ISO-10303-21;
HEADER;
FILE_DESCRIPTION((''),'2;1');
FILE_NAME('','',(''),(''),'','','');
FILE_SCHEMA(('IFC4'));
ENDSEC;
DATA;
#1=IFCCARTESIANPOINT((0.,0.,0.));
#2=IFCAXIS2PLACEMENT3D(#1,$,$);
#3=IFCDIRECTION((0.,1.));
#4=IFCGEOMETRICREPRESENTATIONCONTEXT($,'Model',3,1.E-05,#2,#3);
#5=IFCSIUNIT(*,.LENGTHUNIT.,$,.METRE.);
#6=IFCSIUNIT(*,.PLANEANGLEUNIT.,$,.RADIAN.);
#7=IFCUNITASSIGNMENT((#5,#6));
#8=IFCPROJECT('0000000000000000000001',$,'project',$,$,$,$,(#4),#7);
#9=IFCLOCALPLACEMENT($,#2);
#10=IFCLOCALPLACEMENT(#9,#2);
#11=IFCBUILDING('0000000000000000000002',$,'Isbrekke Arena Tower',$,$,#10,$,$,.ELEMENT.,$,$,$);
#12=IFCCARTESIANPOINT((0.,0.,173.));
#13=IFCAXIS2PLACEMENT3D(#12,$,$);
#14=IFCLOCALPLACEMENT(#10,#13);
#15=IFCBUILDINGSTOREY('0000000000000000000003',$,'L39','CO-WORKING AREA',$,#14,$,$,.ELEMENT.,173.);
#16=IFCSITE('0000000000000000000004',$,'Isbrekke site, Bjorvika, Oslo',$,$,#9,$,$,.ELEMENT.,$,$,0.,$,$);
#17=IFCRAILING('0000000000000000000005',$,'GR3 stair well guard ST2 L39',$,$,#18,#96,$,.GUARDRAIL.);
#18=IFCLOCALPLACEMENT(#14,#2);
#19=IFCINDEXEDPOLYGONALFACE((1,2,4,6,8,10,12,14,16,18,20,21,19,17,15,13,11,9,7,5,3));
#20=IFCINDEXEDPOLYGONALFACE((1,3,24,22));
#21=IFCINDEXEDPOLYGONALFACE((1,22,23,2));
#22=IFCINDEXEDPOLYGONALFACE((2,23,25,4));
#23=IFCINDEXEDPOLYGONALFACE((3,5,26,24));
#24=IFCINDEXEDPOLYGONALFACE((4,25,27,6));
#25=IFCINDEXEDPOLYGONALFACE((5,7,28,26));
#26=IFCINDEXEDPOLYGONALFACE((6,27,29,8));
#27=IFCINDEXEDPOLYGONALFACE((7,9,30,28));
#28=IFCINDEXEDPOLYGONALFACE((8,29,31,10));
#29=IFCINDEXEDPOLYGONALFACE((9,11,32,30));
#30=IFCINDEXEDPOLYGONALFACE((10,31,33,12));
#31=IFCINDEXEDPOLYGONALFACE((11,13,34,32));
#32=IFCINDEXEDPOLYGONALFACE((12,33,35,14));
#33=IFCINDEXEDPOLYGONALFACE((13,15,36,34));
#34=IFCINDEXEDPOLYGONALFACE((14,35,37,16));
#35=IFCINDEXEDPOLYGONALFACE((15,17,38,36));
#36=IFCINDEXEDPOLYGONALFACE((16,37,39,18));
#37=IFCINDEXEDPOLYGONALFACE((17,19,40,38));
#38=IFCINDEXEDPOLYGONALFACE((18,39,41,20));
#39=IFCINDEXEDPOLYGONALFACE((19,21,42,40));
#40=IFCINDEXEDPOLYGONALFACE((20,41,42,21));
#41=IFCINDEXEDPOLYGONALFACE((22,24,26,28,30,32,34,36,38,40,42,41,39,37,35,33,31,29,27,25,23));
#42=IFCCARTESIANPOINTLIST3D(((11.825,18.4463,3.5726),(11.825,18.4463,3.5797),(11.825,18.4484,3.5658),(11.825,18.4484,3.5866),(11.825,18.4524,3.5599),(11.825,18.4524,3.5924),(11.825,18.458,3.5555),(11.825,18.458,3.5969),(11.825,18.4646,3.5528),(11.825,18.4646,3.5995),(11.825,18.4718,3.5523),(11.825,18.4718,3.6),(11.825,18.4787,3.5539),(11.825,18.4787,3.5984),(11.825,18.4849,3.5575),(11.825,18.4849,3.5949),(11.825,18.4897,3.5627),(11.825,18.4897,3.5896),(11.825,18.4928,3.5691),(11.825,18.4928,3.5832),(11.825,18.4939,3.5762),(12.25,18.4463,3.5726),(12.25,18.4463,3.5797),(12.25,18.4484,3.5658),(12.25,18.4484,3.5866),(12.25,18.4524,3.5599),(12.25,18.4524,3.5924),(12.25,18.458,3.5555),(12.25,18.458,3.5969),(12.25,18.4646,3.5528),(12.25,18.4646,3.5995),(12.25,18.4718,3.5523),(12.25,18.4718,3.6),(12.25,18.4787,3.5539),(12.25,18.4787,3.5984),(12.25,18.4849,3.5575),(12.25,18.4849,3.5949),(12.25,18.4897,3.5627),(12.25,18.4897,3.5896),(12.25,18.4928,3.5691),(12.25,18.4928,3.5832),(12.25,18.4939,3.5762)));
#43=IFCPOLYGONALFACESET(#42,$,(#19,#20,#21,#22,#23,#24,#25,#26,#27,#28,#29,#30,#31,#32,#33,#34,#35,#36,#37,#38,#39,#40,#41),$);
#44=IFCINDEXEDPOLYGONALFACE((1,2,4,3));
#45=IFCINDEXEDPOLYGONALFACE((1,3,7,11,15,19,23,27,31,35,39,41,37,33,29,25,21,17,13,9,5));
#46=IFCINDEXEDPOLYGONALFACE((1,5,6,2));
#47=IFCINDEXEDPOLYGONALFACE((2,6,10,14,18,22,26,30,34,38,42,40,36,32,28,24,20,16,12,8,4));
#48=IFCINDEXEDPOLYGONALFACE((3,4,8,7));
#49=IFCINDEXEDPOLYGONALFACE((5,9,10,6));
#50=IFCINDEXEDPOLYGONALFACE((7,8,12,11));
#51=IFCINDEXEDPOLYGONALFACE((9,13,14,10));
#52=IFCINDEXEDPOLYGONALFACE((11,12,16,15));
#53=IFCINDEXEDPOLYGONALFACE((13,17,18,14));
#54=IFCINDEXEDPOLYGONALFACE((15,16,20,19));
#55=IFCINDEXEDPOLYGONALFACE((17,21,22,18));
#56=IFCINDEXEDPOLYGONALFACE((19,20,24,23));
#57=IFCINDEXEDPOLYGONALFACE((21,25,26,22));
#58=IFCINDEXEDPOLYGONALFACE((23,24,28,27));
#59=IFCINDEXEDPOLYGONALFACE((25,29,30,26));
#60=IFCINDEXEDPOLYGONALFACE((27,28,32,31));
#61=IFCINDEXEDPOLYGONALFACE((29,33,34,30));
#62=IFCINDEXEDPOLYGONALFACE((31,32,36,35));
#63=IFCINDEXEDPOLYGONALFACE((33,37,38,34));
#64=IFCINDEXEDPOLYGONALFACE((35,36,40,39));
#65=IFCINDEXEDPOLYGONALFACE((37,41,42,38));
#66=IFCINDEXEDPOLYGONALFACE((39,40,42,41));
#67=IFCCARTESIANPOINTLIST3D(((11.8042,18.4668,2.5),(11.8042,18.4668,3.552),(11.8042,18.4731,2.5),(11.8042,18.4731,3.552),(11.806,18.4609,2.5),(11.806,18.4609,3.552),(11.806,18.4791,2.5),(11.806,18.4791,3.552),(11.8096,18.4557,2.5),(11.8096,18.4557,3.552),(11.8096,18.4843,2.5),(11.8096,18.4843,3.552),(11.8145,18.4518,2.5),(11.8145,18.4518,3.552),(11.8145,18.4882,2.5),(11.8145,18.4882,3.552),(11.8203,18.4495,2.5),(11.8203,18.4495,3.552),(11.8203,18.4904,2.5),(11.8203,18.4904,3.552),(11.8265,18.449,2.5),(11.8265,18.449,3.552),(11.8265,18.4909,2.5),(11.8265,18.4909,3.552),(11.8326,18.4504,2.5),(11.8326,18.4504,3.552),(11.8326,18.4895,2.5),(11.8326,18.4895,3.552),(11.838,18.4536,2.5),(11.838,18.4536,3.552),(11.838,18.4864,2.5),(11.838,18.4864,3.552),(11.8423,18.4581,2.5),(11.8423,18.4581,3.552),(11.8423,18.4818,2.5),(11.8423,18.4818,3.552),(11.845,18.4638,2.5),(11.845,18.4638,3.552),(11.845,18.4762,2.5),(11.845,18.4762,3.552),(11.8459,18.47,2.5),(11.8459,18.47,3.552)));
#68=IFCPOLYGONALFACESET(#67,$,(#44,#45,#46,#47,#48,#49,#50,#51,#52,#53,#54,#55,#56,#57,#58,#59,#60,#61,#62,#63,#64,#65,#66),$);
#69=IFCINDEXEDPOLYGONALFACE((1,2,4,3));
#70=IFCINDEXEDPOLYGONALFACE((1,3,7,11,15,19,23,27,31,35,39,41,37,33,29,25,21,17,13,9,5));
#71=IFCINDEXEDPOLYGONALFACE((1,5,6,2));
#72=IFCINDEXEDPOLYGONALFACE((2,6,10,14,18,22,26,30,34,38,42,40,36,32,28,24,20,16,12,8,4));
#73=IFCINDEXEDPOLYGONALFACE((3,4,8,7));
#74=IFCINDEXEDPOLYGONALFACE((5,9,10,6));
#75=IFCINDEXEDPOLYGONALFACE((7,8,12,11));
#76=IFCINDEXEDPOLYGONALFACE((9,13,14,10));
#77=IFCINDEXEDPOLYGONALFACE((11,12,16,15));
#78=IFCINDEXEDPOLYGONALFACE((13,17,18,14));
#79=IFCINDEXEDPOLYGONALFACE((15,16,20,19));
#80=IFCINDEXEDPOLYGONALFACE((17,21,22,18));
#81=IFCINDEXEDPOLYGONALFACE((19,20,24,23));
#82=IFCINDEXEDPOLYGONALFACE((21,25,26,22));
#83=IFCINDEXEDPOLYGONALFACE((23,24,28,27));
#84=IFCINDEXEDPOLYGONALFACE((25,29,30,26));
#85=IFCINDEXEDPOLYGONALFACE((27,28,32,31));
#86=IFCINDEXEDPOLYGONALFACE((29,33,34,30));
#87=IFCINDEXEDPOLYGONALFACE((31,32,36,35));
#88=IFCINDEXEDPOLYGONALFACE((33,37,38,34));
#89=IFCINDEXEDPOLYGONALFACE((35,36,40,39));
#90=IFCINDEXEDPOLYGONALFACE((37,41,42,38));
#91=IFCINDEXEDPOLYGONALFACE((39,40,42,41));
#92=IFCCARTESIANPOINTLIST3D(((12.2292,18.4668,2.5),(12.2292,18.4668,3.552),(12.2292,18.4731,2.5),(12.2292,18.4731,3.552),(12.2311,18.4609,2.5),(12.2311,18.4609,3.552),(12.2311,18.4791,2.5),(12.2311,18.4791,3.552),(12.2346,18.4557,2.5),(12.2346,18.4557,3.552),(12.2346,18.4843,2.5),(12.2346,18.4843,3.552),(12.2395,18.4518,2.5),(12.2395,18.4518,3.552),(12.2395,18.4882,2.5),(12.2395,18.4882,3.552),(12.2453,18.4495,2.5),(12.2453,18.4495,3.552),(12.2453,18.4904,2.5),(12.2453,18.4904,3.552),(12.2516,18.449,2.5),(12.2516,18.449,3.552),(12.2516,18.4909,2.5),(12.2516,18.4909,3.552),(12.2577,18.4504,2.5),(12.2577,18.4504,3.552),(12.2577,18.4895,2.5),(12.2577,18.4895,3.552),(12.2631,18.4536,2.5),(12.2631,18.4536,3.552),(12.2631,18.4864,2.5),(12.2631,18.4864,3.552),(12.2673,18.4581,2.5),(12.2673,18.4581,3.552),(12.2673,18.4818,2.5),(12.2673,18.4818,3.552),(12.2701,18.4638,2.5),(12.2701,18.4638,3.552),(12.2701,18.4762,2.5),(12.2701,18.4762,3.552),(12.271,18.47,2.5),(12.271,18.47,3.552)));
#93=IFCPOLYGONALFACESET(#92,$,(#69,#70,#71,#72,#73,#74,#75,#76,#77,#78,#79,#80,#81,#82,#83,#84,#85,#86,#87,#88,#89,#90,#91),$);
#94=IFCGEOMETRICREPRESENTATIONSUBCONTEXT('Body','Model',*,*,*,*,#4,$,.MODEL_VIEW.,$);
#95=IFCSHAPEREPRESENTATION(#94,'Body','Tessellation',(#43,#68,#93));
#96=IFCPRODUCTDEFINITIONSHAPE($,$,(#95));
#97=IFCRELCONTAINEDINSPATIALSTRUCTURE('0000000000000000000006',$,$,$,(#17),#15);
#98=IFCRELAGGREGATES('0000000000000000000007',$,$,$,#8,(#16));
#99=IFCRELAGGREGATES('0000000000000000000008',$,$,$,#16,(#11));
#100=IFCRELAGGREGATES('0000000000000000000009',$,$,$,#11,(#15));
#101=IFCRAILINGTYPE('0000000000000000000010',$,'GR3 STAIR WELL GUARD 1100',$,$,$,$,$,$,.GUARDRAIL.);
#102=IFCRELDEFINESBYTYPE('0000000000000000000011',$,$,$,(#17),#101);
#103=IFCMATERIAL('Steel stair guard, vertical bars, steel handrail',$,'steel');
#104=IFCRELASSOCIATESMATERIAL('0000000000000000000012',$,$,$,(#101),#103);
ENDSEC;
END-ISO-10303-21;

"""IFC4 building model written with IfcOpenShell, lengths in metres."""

from ifc_helpers import new_model, si_unit, direction, frame, origin, origin_2d, place, context, subcontext, project, spatial, circle, extrude, material, type_object, element, save


model = new_model("IFC4")

# Units and contexts
model_context = context("Model", 3, precision=1e-05, world=origin(), true_north=direction((0.0, 1.0)))
body_context = subcontext(model_context, "Body", "Model", "MODEL_VIEW")
ifc_project = project(units=[si_unit("LENGTHUNIT", "METRE"), si_unit("PLANEANGLEUNIT", "RADIAN")], contexts=[model_context])

# Site, building, storey
site_placement = place(None, origin())
site = spatial("IfcSite", under=ifc_project, at=site_placement, Name="Isbrekke site, Bjorvika, Oslo", CompositionType="ELEMENT", RefElevation=0.0)
building_placement = place(site_placement, origin())
building = spatial("IfcBuilding", under=site, at=building_placement, Name="Isbrekke Arena Tower", CompositionType="ELEMENT")
storey_placement = place(building_placement, frame((0.0, 0.0, 173.0)))
storey = spatial("IfcBuildingStorey", under=building, at=storey_placement, Name="L39", Description="CO-WORKING AREA", CompositionType="ELEMENT", Elevation=173.0)

# Railing
ifc_material_1 = material(Name="Steel stair guard, vertical bars, steel handrail", Category="steel")
railing_type = type_object("IfcRailingType", Name="GR3 STAIR WELL GUARD 1100", PredefinedType="GUARDRAIL", material=ifc_material_1)
railing_1_placement = place(storey_placement, frame((11.825, 18.47, 2.5)))
element("IfcRailing", 1, at=railing_1_placement, inside=storey, type_object=railing_type, Name="GR3 stair well guard ST2 L39", PredefinedType="GUARDRAIL", context=body_context, shape_type="SweptSolid", body=[
    extrude(circle(Radius=0.0239, at=origin_2d()), frame((0.0, 0.0, 1.0762), z_axis=(1.0, 0.0, 0.0), x_axis=(0.0, 1.0, 0.0)), (0.0, 0.0, 1.0), 0.425),
    extrude(circle(Radius=0.021, at=origin_2d()), origin(), (0.0, 0.0, 1.0), 1.052),
    extrude(circle(Radius=0.021, at=origin_2d()), frame((0.425, 0.0, 0.0)), (0.0, 0.0, 1.0), 1.052),
])

save(model, "model.ifc")
